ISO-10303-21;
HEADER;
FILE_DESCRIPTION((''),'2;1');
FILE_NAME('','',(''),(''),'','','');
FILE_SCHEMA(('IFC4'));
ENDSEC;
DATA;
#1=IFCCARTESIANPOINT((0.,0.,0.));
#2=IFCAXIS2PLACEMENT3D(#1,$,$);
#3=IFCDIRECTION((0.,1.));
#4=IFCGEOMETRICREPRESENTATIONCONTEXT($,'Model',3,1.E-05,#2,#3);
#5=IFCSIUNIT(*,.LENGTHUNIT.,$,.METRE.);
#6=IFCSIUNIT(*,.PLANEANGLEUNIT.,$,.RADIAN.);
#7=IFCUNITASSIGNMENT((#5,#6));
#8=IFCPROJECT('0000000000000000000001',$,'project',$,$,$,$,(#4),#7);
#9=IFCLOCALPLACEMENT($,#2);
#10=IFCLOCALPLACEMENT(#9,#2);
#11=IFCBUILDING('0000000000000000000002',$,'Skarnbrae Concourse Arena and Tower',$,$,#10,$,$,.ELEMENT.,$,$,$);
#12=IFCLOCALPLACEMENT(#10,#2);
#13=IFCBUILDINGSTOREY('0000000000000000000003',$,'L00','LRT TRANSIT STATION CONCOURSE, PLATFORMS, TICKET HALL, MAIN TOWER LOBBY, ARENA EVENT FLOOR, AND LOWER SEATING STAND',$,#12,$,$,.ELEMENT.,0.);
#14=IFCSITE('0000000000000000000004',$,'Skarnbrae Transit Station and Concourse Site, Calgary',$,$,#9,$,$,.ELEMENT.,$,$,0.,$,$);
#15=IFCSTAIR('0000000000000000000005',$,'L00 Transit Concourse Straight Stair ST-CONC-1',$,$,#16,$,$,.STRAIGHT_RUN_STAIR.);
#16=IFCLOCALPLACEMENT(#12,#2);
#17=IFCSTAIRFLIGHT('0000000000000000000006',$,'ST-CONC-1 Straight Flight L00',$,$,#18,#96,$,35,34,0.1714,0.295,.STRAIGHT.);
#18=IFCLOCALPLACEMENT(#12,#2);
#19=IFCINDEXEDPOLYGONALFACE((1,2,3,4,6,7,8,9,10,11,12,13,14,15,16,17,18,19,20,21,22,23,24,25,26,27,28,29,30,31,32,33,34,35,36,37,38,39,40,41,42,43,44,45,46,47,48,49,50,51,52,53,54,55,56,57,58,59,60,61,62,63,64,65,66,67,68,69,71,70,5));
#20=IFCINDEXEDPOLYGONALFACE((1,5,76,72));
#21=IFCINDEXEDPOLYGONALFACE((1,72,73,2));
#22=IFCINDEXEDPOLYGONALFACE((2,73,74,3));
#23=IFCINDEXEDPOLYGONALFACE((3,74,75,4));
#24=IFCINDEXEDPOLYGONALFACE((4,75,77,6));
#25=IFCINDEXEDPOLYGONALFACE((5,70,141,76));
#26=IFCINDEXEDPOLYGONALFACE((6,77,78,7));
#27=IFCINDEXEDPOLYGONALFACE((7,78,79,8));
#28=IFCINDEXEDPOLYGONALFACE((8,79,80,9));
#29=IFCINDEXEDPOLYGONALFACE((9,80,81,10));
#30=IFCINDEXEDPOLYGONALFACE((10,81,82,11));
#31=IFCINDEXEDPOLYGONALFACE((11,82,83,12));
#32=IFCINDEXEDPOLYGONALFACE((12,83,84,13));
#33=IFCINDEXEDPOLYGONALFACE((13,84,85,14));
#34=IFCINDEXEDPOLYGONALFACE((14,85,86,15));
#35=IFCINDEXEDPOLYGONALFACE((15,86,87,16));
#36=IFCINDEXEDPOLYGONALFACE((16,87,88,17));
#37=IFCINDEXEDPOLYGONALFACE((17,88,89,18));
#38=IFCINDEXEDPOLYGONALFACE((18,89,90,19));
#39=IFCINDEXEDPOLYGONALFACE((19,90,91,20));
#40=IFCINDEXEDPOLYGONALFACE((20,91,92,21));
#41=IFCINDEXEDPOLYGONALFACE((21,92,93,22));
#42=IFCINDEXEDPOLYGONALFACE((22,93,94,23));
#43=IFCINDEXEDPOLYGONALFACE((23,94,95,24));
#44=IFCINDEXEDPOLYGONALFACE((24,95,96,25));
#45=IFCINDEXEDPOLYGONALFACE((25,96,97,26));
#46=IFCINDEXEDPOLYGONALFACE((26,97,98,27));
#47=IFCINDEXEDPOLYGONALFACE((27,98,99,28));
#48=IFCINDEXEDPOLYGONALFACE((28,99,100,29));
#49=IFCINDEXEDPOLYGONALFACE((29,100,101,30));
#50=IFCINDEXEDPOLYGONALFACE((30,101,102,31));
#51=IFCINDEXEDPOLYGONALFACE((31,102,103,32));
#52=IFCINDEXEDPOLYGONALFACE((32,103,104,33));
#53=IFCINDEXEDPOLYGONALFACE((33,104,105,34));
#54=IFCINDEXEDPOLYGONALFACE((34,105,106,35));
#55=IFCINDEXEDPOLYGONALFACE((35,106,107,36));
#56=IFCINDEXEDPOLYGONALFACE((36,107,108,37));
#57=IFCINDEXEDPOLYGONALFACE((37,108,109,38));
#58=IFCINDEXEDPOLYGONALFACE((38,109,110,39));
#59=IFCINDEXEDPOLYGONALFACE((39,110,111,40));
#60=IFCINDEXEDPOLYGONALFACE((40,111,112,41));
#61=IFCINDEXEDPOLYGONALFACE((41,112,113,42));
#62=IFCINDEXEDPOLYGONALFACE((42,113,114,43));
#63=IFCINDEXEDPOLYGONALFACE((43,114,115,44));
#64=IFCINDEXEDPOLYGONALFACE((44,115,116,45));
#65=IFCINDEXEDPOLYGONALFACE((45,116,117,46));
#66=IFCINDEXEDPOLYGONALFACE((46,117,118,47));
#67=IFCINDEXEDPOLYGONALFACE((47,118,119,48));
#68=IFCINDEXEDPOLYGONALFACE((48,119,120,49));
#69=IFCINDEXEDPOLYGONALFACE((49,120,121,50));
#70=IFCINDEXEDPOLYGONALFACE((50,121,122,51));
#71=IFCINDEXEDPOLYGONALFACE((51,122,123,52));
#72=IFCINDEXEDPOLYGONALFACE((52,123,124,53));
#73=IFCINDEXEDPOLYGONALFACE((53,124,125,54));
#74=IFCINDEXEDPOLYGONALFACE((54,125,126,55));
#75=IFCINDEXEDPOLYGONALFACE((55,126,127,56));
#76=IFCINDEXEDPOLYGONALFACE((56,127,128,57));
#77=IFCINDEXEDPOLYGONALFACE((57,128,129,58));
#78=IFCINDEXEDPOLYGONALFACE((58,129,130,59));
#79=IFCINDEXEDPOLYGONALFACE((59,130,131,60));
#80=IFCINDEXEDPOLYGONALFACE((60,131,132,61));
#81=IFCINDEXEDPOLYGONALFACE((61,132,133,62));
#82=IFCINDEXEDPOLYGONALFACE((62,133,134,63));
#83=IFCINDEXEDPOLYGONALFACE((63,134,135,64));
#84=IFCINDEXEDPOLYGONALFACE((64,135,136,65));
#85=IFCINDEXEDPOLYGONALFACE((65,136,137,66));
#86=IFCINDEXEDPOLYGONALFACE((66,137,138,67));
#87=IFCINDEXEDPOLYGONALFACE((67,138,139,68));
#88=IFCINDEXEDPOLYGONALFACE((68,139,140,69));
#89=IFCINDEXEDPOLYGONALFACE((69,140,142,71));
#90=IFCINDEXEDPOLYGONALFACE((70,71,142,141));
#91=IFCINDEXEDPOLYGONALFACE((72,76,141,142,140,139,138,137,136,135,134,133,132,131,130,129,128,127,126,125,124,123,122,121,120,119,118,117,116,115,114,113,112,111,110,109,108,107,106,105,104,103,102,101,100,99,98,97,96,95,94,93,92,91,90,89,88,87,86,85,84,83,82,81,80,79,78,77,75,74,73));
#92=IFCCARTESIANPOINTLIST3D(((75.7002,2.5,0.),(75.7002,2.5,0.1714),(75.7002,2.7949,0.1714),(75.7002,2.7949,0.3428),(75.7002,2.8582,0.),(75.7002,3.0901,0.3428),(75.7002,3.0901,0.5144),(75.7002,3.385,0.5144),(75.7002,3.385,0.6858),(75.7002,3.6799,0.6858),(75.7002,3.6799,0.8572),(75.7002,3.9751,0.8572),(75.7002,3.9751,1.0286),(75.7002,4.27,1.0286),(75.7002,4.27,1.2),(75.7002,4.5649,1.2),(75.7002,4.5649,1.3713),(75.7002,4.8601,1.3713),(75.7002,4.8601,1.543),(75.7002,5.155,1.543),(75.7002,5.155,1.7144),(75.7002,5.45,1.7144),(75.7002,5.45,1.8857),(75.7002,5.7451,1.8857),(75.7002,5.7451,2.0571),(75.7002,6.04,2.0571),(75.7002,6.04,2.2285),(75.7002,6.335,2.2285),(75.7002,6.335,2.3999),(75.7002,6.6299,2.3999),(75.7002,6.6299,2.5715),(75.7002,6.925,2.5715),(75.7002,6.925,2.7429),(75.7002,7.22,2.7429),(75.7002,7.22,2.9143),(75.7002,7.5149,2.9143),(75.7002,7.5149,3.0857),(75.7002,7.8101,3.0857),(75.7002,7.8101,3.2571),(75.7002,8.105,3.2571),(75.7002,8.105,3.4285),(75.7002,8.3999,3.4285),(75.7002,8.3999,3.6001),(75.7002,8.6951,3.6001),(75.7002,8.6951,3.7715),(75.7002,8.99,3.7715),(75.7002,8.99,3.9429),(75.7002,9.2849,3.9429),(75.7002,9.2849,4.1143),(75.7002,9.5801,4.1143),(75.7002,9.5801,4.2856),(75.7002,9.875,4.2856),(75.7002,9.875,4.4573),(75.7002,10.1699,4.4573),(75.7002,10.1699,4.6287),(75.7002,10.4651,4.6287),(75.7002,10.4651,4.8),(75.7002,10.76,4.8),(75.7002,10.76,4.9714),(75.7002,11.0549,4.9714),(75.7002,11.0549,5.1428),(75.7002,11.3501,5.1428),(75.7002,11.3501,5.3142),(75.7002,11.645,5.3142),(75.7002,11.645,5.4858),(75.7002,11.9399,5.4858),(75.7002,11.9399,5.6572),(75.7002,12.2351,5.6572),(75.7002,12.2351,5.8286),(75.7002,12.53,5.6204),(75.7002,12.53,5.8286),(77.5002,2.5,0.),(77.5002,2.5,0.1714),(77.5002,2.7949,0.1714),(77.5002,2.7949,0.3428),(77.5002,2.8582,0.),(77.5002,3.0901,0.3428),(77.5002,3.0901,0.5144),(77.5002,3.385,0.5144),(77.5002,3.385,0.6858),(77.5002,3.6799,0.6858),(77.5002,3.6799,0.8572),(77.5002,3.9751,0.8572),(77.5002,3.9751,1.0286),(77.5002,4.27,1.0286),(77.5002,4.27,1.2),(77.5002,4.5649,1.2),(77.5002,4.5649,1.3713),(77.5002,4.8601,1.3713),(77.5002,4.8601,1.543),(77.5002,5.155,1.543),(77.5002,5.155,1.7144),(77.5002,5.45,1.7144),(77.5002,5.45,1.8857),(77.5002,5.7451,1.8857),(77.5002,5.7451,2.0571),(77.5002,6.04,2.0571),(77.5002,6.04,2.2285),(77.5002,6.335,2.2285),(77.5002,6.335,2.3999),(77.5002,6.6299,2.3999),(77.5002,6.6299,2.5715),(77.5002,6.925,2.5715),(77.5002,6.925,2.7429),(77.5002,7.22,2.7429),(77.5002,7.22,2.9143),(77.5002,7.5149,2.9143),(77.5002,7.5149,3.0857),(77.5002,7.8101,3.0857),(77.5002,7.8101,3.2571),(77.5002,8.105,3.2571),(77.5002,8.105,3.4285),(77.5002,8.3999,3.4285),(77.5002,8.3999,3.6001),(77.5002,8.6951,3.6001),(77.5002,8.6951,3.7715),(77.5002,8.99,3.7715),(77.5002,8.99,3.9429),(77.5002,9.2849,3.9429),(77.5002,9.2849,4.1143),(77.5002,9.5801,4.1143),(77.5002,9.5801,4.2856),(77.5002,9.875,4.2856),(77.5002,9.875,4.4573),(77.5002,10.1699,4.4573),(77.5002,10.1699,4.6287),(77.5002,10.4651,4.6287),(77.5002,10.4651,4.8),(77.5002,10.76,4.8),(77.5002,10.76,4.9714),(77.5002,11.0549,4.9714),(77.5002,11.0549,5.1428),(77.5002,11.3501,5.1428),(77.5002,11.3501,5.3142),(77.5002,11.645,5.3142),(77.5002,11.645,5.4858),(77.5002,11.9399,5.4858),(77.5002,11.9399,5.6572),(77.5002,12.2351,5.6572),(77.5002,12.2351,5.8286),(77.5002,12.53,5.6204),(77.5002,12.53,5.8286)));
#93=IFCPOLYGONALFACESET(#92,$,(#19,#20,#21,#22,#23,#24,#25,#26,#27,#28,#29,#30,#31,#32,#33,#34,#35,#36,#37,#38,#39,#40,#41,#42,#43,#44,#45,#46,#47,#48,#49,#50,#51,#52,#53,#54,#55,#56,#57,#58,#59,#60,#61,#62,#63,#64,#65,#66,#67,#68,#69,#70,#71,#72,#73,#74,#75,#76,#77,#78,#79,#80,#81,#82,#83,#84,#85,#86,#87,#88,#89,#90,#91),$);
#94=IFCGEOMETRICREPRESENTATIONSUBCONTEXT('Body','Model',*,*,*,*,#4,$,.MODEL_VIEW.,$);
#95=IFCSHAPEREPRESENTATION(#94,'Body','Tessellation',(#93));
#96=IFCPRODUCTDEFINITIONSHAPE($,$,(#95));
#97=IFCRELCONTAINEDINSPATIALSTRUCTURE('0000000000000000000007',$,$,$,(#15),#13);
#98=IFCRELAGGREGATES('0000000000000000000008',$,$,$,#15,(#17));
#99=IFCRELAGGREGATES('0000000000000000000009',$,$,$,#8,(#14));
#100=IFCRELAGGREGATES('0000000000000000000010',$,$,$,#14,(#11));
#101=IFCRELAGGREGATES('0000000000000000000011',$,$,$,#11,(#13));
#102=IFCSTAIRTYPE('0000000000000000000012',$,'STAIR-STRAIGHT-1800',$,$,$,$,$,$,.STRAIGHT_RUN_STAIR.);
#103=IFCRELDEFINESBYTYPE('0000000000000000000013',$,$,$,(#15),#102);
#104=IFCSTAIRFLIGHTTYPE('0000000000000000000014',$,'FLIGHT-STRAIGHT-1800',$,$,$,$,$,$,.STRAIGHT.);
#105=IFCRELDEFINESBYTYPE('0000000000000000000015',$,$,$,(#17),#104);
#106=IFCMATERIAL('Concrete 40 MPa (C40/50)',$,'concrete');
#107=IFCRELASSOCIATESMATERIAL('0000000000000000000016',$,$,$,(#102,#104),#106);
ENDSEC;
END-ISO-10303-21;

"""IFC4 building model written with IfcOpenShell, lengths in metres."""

from ifc_helpers import new_model, si_unit, direction, frame, origin, place, context, subcontext, project, spatial, polyline, outline, extrude, source, transform, mapped, material, type_object, element, aggregate, save


model = new_model("IFC4")

# Units and contexts
model_context = context("Model", 3, precision=1e-05, world=origin(), true_north=direction((0.0, 1.0)))
body_context = subcontext(model_context, "Body", "Model", "MODEL_VIEW")
ifc_project = project(units=[si_unit("LENGTHUNIT", "METRE"), si_unit("PLANEANGLEUNIT", "RADIAN")], contexts=[model_context])

# Site, building, storey
site_placement = place(None, origin())
site = spatial("IfcSite", under=ifc_project, at=site_placement, Name="Skarnbrae Transit Station and Concourse Site, Calgary", CompositionType="ELEMENT", RefElevation=0.0)
building_placement = place(site_placement, origin())
building = spatial("IfcBuilding", under=site, at=building_placement, Name="Skarnbrae Concourse Arena and Tower", CompositionType="ELEMENT")
storey_placement = place(building_placement, origin())
storey = spatial("IfcBuildingStorey", under=building, at=storey_placement, Name="L00", Description="LRT TRANSIT STATION CONCOURSE, PLATFORMS, TICKET HALL, MAIN TOWER LOBBY, ARENA EVENT FLOOR, AND LOWER SEATING STAND", CompositionType="ELEMENT", Elevation=0.0)

# Stair, stair flight
ifc_material_1 = material(Name="Concrete 40 MPa (C40/50)", Category="concrete")
stair_type = type_object("IfcStairType", Name="STAIR-STRAIGHT-1800", PredefinedType="STRAIGHT_RUN_STAIR", material=ifc_material_1)
stair_placement = place(storey_placement, origin())
stair = element("IfcStair", 1, at=stair_placement, inside=storey, type_object=stair_type, Name="L00 Transit Concourse Straight Stair ST-CONC-1", PredefinedType="STRAIGHT_RUN_STAIR")
stair_flight_type = type_object("IfcStairFlightType", Name="FLIGHT-STRAIGHT-1800", PredefinedType="STRAIGHT", material=ifc_material_1)
shared_shape_1 = source(origin(), body_context, "Body", "SweptSolid", [
    extrude(outline(polyline([(0.0, 0.0), (0.0, 0.1714), (0.2949, 0.1714), (0.2949, 0.3428), (0.5901, 0.3428), (0.5901, 0.5144), (0.885, 0.5144), (0.885, 0.6858), (1.1799, 0.6858), (1.1799, 0.8572), (1.4751, 0.8572), (1.4751, 1.0286), (1.77, 1.0286), (1.77, 1.2), (2.0649, 1.2), (2.0649, 1.3713), (2.3601, 1.3713), (2.3601, 1.543), (2.655, 1.543), (2.655, 1.7144), (2.95, 1.7144), (2.95, 1.8857), (3.2451, 1.8857), (3.2451, 2.0571), (3.54, 2.0571), (3.54, 2.2285), (3.835, 2.2285), (3.835, 2.3999), (4.1299, 2.3999), (4.1299, 2.5715), (4.425, 2.5715), (4.425, 2.7429), (4.72, 2.7429), (4.72, 2.9143), (5.0149, 2.9143), (5.0149, 3.0857), (5.3101, 3.0857), (5.3101, 3.2571), (5.605, 3.2571), (5.605, 3.4285), (5.8999, 3.4285), (5.8999, 3.6001), (6.1951, 3.6001), (6.1951, 3.7715), (6.49, 3.7715), (6.49, 3.9429), (6.7849, 3.9429), (6.7849, 4.1143), (7.0801, 4.1143), (7.0801, 4.2856), (7.375, 4.2856), (7.375, 4.4573), (7.6699, 4.4573), (7.6699, 4.6287), (7.9651, 4.6287), (7.9651, 4.8), (8.26, 4.8), (8.26, 4.9714), (8.5549, 4.9714), (8.5549, 5.1428), (8.8501, 5.1428), (8.8501, 5.3142), (9.145, 5.3142), (9.145, 5.4858), (9.4399, 5.4858), (9.4399, 5.6572), (9.7351, 5.6572), (9.7351, 5.8286), (10.03, 5.8286), (10.03, 6.0), (10.03, 5.6204), (0.3582, 0.0), (0.0, 0.0)])), frame((0.0, 0.8999, 0.0), z_axis=(0.0, -1.0, 0.0), x_axis=(1.0, 0.0, 0.0)), (0.0, 0.0, 1.0), 1.8),
])
stair_flight_placement = place(storey_placement, frame((76.6001, 2.5, 0.0), z_axis=(0.0, 0.0, 1.0), x_axis=(0.0, 1.0, 0.0)))
stair_flight = element("IfcStairFlight", 2, at=stair_flight_placement, type_object=stair_flight_type, Name="ST-CONC-1 Straight Flight L00", NumberOfRisers=35, NumberOfTreads=34, PredefinedType="STRAIGHT", RiserHeight=0.1714, TreadLength=0.295, context=body_context, shape_type="MappedRepresentation", body=[
    mapped(shared_shape_1, transform((0.0, 0.0, 0.0))),
])
aggregate(stair, [stair_flight])

save(model, "model.ifc")
